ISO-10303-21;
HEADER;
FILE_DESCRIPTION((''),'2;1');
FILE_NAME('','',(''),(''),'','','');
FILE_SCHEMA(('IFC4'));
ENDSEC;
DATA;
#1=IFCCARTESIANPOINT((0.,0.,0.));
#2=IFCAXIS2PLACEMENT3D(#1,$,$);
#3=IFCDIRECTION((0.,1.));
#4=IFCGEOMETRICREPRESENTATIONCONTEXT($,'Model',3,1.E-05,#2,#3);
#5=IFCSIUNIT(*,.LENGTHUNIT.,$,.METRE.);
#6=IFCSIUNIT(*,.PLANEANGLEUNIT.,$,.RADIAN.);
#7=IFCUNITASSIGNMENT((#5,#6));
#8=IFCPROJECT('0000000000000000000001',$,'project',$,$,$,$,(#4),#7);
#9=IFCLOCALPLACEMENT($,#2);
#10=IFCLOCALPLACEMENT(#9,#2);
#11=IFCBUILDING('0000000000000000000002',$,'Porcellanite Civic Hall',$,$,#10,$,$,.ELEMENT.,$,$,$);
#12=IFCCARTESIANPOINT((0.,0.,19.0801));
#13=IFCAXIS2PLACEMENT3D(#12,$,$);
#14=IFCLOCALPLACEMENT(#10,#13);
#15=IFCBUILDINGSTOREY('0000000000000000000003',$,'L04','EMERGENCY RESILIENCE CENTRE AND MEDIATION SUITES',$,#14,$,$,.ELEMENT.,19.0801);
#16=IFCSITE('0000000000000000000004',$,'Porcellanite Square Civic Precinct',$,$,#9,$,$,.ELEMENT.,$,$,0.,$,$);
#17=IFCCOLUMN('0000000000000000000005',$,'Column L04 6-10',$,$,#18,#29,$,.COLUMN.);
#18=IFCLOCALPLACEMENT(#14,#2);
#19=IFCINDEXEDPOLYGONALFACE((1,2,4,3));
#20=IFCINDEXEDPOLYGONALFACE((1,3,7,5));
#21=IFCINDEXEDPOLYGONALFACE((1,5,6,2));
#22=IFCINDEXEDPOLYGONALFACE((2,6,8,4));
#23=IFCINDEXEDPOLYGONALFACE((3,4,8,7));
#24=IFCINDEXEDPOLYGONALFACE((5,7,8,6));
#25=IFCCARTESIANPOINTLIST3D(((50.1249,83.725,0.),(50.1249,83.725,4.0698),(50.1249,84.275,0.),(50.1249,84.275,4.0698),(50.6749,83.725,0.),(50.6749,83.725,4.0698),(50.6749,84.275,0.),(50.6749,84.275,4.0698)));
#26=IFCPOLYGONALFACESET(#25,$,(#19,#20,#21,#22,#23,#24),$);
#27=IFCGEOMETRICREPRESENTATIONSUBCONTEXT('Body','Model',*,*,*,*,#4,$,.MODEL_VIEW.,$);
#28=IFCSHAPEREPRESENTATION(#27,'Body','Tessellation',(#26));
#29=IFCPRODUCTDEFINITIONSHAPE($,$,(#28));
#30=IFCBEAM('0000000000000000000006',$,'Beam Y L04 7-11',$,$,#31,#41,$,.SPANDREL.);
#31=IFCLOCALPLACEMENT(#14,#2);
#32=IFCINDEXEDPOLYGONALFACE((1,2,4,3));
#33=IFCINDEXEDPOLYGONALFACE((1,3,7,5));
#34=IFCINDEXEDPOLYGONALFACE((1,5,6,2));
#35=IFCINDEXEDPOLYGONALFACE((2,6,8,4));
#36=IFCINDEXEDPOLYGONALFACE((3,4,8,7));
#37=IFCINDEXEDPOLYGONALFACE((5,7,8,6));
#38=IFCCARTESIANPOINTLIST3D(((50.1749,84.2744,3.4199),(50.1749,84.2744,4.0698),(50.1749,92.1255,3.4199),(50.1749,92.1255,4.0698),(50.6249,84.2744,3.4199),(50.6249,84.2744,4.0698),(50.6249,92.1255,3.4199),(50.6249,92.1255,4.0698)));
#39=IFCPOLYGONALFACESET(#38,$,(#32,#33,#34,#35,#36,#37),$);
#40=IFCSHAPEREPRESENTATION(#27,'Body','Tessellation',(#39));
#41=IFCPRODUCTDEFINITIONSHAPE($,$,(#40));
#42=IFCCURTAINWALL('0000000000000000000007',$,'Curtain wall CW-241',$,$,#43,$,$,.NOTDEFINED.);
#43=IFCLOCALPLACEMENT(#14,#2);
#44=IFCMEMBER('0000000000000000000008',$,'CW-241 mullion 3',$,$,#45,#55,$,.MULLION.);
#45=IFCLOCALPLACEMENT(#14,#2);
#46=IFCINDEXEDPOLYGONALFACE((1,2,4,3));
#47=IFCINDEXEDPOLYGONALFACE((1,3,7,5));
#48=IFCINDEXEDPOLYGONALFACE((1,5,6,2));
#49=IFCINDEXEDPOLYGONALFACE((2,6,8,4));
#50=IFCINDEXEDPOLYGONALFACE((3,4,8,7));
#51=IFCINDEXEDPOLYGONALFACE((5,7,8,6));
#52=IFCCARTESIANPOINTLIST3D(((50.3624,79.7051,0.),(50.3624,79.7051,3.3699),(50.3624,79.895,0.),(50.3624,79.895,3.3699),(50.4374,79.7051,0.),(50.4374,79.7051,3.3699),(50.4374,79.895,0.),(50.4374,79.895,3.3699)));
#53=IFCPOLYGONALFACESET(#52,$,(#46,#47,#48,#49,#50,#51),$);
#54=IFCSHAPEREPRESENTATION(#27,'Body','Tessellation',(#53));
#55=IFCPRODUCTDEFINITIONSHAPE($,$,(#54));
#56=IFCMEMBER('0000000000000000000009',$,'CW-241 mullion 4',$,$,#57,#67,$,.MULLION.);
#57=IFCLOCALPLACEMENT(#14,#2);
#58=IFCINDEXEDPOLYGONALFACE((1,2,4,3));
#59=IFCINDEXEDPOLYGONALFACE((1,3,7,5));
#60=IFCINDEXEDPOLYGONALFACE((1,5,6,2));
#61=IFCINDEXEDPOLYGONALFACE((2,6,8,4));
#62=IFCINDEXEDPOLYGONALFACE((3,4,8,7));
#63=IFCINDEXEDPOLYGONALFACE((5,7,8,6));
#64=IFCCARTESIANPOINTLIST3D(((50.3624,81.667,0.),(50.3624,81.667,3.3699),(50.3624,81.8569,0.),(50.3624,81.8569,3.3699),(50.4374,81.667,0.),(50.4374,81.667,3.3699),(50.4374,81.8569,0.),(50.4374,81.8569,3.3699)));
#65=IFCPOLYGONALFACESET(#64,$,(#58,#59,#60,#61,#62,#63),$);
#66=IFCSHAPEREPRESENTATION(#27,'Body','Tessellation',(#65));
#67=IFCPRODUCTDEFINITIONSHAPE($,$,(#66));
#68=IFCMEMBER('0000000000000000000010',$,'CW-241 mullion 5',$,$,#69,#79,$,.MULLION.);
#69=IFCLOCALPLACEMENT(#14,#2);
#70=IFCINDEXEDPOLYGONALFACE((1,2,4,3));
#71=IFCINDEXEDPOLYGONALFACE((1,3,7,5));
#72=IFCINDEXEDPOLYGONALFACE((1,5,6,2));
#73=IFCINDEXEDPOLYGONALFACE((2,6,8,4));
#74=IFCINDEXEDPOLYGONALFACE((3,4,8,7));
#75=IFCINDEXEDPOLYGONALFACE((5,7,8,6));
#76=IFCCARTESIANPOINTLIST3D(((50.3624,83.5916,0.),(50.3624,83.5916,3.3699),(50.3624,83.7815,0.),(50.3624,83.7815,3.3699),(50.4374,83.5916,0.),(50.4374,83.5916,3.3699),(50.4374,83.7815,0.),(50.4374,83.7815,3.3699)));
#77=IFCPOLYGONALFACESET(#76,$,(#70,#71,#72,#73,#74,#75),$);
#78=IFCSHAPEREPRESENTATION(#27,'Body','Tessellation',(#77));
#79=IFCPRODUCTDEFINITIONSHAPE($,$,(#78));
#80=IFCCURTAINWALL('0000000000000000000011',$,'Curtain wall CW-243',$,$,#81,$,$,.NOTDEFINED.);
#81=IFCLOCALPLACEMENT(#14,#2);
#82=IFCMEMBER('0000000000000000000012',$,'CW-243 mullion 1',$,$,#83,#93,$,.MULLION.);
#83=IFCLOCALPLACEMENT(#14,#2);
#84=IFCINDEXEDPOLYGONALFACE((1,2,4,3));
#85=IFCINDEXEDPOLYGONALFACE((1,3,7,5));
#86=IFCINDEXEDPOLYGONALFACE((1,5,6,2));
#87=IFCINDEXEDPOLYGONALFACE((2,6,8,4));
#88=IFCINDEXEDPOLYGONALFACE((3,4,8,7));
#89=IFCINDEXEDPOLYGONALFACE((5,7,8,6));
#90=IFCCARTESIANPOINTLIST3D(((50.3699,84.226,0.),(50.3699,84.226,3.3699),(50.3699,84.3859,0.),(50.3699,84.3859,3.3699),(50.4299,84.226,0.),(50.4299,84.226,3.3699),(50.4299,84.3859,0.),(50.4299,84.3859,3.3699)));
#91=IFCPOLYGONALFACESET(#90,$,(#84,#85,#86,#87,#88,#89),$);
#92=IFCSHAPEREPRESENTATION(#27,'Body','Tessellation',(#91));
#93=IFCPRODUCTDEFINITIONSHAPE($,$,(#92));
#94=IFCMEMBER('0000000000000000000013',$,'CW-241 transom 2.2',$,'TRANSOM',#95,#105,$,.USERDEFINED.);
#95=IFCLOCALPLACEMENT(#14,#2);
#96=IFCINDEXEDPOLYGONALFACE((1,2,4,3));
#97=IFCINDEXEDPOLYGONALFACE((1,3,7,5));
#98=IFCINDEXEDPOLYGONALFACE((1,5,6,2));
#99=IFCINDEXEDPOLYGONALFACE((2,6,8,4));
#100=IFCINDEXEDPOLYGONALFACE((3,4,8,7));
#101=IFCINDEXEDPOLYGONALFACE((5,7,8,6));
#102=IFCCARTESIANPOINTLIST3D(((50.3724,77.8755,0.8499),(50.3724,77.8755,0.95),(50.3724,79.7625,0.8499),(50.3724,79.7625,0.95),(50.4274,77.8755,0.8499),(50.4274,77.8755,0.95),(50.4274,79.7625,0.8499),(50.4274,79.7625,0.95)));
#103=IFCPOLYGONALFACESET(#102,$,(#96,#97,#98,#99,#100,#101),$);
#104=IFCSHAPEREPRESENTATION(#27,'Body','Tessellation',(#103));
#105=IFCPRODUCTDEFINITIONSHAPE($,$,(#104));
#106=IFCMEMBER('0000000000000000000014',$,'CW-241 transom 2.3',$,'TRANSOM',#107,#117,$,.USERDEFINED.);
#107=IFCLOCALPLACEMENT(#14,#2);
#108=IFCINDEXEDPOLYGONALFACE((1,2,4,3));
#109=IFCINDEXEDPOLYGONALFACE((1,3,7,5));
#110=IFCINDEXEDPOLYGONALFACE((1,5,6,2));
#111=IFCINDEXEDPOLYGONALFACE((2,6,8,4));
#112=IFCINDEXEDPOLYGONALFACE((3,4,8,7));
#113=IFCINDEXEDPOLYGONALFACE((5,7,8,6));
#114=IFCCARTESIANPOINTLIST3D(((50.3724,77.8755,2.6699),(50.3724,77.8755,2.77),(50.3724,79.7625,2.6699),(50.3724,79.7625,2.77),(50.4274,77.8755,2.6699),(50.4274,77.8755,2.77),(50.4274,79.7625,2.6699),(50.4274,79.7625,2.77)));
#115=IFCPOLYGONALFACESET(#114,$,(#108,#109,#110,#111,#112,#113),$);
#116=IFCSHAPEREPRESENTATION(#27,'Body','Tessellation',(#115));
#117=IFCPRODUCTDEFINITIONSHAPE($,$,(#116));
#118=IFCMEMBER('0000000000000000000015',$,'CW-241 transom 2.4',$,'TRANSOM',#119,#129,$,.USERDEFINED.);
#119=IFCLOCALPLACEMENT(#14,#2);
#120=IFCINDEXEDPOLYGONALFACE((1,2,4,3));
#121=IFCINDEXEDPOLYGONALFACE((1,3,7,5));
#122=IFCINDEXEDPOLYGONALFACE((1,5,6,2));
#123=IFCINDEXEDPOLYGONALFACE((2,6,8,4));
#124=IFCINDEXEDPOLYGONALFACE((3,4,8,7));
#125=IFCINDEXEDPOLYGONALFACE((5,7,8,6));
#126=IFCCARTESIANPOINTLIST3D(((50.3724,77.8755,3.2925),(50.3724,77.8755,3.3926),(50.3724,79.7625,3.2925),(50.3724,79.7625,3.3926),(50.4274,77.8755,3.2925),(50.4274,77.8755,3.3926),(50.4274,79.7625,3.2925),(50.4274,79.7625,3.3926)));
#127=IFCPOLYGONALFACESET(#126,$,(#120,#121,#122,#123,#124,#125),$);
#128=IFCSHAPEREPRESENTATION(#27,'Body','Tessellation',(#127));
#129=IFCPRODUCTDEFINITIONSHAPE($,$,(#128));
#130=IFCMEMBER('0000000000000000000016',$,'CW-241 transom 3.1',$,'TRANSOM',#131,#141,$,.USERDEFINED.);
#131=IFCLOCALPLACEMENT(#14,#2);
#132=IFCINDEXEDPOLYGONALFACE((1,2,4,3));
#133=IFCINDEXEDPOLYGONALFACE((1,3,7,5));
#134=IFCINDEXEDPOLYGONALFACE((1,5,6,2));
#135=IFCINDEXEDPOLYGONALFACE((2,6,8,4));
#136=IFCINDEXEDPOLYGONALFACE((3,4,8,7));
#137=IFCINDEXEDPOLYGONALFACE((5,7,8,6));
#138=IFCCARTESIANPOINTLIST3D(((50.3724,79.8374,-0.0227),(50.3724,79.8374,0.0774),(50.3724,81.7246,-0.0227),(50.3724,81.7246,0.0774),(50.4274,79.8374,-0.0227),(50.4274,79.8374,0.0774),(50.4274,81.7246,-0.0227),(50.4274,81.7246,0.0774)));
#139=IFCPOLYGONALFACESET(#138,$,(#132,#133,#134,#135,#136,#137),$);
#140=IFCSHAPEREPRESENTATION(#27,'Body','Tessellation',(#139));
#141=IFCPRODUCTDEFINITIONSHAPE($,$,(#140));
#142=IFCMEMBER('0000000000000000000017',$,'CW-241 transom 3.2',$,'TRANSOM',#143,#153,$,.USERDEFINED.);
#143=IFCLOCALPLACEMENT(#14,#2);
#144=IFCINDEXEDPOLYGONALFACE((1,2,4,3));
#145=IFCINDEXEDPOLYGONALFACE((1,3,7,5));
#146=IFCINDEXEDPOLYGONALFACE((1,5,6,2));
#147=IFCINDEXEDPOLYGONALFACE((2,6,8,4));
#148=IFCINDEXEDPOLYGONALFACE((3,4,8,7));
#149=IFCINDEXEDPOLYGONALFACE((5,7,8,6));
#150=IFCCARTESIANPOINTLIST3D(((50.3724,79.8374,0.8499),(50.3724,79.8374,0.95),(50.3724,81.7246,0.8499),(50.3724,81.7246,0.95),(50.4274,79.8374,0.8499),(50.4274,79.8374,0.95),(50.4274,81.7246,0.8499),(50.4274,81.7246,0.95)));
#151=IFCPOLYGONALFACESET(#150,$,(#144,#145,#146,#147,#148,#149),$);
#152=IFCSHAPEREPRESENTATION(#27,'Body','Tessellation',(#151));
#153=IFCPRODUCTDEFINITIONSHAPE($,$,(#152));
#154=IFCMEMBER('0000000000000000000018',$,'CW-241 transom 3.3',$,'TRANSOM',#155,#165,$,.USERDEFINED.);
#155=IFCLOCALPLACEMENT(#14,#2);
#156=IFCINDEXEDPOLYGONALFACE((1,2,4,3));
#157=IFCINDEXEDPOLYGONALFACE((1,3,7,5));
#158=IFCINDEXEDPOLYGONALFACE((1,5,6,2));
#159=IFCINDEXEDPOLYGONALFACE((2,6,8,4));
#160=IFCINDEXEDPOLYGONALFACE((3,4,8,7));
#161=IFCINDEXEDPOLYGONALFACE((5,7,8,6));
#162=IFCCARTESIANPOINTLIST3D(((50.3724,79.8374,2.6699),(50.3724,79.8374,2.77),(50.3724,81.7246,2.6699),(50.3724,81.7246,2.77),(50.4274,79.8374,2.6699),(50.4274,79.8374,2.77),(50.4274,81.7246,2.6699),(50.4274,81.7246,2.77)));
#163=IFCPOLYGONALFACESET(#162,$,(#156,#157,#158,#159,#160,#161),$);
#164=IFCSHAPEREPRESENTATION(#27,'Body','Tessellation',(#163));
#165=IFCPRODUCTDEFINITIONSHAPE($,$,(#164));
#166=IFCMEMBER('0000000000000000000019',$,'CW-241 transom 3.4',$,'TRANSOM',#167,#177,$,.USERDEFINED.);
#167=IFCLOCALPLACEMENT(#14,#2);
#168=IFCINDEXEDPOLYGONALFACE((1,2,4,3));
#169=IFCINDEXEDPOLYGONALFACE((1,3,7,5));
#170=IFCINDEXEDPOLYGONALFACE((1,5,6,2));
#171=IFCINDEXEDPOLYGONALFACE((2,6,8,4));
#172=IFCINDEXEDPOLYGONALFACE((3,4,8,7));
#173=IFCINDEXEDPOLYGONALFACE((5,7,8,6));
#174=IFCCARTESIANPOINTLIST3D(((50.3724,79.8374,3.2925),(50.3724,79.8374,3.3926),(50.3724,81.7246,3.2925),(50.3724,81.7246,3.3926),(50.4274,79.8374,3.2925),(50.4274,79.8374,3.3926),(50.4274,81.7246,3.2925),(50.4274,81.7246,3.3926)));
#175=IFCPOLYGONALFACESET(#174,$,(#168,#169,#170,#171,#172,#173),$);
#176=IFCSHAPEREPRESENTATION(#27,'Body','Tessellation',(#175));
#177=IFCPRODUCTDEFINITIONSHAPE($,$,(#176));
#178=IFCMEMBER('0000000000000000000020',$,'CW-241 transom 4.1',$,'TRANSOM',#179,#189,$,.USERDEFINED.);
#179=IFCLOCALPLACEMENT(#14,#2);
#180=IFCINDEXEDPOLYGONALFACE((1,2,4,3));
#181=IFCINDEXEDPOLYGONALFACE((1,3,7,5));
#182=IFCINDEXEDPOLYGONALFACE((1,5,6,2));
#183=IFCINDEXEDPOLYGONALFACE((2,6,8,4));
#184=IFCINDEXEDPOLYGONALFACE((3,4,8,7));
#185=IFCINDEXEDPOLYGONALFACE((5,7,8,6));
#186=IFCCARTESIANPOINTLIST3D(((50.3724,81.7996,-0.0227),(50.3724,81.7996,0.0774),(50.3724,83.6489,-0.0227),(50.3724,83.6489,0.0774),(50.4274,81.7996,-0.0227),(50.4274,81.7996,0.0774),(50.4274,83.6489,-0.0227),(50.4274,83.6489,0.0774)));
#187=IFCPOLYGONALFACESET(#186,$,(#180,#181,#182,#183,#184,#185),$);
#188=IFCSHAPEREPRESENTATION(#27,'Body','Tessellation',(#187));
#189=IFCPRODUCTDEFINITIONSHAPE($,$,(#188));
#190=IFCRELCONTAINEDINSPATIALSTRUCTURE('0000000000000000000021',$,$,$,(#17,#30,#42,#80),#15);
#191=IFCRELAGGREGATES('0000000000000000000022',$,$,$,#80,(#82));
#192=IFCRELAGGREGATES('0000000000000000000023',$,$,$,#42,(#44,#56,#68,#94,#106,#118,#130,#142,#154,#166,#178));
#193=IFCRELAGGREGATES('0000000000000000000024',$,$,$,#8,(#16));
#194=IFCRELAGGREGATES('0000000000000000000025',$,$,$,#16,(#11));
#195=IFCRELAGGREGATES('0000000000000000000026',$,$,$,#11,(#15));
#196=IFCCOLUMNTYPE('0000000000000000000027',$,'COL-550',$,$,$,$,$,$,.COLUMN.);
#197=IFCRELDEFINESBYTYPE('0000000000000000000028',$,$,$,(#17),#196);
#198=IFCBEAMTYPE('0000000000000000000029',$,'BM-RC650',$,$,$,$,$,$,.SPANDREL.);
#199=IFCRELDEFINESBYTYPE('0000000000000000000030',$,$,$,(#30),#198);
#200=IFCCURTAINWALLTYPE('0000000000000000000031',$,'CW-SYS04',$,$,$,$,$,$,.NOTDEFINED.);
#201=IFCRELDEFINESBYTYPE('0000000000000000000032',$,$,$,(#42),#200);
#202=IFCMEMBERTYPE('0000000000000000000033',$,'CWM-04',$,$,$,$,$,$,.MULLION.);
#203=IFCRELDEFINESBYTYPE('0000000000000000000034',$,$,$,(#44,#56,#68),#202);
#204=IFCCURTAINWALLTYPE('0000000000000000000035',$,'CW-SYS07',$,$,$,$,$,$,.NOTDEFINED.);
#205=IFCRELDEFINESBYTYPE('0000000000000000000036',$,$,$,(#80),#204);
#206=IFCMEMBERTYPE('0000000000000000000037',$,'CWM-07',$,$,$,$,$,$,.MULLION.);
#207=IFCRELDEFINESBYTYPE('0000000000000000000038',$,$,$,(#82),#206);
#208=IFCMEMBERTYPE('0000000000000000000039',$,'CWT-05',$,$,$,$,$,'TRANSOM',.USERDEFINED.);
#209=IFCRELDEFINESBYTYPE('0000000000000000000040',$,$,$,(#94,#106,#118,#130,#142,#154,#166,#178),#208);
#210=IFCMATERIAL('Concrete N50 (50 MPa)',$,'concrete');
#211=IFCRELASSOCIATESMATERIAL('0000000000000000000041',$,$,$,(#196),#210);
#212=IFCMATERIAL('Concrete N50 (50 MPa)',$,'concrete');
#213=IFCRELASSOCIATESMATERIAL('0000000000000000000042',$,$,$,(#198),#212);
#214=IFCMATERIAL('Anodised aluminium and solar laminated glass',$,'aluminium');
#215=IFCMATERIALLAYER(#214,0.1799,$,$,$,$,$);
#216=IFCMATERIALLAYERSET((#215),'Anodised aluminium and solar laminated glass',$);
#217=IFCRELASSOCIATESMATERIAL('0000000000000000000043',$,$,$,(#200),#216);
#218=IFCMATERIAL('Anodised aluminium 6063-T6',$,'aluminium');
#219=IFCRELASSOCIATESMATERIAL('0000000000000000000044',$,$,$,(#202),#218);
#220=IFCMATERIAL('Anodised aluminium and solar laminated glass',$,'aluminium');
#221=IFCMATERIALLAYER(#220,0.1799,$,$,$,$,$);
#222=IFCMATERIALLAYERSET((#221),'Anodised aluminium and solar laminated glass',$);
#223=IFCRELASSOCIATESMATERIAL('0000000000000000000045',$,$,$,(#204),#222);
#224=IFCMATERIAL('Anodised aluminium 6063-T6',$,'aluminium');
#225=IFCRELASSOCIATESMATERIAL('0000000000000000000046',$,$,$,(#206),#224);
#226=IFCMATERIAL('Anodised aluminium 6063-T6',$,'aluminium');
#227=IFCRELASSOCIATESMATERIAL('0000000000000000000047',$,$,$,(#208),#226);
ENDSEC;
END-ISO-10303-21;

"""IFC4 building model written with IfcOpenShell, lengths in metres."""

from ifc_helpers import new_model, si_unit, direction, frame, origin, origin_2d, place, context, subcontext, project, spatial, rectangle, extrude, material, layer, layer_set, material_profile, profile_set, type_object, element, aggregate, save


model = new_model("IFC4")

# Units and contexts
model_context = context("Model", 3, precision=1e-05, world=origin(), true_north=direction((0.0, 1.0)))
body_context = subcontext(model_context, "Body", "Model", "MODEL_VIEW")
ifc_project = project(units=[si_unit("LENGTHUNIT", "METRE"), si_unit("PLANEANGLEUNIT", "RADIAN")], contexts=[model_context])

# Site, building, storey
site_placement = place(None, origin())
site = spatial("IfcSite", under=ifc_project, at=site_placement, Name="Porcellanite Square Civic Precinct", CompositionType="ELEMENT", RefElevation=0.0)
building_placement = place(site_placement, origin())
building = spatial("IfcBuilding", under=site, at=building_placement, Name="Porcellanite Civic Hall", CompositionType="ELEMENT")
storey_placement = place(building_placement, frame((0.0, 0.0, 19.0801)))
storey = spatial("IfcBuildingStorey", under=building, at=storey_placement, Name="L04", Description="EMERGENCY RESILIENCE CENTRE AND MEDIATION SUITES", CompositionType="ELEMENT", Elevation=19.0801)

# Column
ifc_material_1 = material(Name="Concrete N50 (50 MPa)", Category="concrete")
ifc_material_profile_1 = material_profile(ifc_material_1, rectangle(XDim=0.55, YDim=0.55, at=origin_2d()), Name="RC-550x550")
ifc_profile_set_1 = profile_set([ifc_material_profile_1], Name="Concrete N50 (50 MPa)")
column_type = type_object("IfcColumnType", Name="COL-550", PredefinedType="COLUMN", material=ifc_profile_set_1)
column_placement = place(storey_placement, frame((50.3999, 84.0, 0.0), z_axis=(0.0, 0.0, 1.0), x_axis=(1.0, 0.0, 0.0)))
element("IfcColumn", 1, at=column_placement, inside=storey, type_object=column_type, Name="Column L04 6-10", PredefinedType="COLUMN", context=body_context, shape_type="SweptSolid", body=[
    extrude(rectangle(XDim=0.55, YDim=0.55, at=origin_2d()), origin(), (0.0, 0.0, 1.0), 4.0698),
])

# Beam
ifc_material_2 = material(Name="Concrete N50 (50 MPa)", Category="concrete")
ifc_material_profile_2 = material_profile(ifc_material_2, rectangle(XDim=0.45, YDim=0.6499, at=origin_2d()), Name="RC-450x650")
ifc_profile_set_2 = profile_set([ifc_material_profile_2], Name="Concrete N50 (50 MPa)")
beam_type = type_object("IfcBeamType", Name="BM-RC650", PredefinedType="SPANDREL", material=ifc_profile_set_2)
beam_placement = place(storey_placement, frame((50.3999, 84.2744, 3.7449), z_axis=(0.0, 1.0, 0.0), x_axis=(-1.0, 0.0, 0.0)))
element("IfcBeam", 2, at=beam_placement, inside=storey, type_object=beam_type, Name="Beam Y L04 7-11", PredefinedType="SPANDREL", context=body_context, shape_type="SweptSolid", body=[
    extrude(rectangle(XDim=0.45, YDim=0.6499, at=origin_2d()), origin(), (0.0, 0.0, 1.0), 7.8511),
])

# Curtain wall, members
ifc_material_3 = material(Name="Anodised aluminium and solar laminated glass", Category="aluminium")
ifc_layer_1 = layer(ifc_material_3, 0.1799)
ifc_layer_set_1 = layer_set([ifc_layer_1], Name="Anodised aluminium and solar laminated glass")
curtain_wall_type_1 = type_object("IfcCurtainWallType", Name="CW-SYS04", PredefinedType="NOTDEFINED", material=ifc_layer_set_1)
curtain_wall_1_placement = place(storey_placement, origin())
curtain_wall_1 = element("IfcCurtainWall", 3, at=curtain_wall_1_placement, inside=storey, type_object=curtain_wall_type_1, Name="Curtain wall CW-241", PredefinedType="NOTDEFINED")
ifc_material_4 = material(Name="Anodised aluminium 6063-T6", Category="aluminium")
ifc_material_profile_3 = material_profile(ifc_material_4, rectangle(XDim=0.075, YDim=0.1899, at=origin_2d()), Name="AL-75x190")
ifc_profile_set_3 = profile_set([ifc_material_profile_3], Name="Anodised aluminium 6063-T6")
member_type_1 = type_object("IfcMemberType", Name="CWM-04", PredefinedType="MULLION", material=ifc_profile_set_3)
member_1_placement = place(storey_placement, frame((50.3999, 79.8, 0.0), z_axis=(0.0, 0.0, 1.0), x_axis=(-1.0, 0.0, 0.0)))
member_1 = element("IfcMember", 4, at=member_1_placement, type_object=member_type_1, Name="CW-241 mullion 3", PredefinedType="MULLION", context=body_context, shape_type="SweptSolid", body=[
    extrude(rectangle(XDim=0.075, YDim=0.1899, at=origin_2d()), origin(), (0.0, 0.0, 1.0), 3.3699),
])
member_2_placement = place(storey_placement, frame((50.3999, 81.762, 0.0), z_axis=(0.0, 0.0, 1.0), x_axis=(-1.0, 0.0, 0.0)))
member_2 = element("IfcMember", 5, at=member_2_placement, type_object=member_type_1, Name="CW-241 mullion 4", PredefinedType="MULLION", context=body_context, shape_type="SweptSolid", body=[
    extrude(rectangle(XDim=0.075, YDim=0.1899, at=origin_2d()), origin(), (0.0, 0.0, 1.0), 3.3699),
])
member_3_placement = place(storey_placement, frame((50.3999, 83.6865, 0.0), z_axis=(0.0, 0.0, 1.0), x_axis=(-1.0, 0.0, 0.0)))
member_3 = element("IfcMember", 6, at=member_3_placement, type_object=member_type_1, Name="CW-241 mullion 5", PredefinedType="MULLION", context=body_context, shape_type="SweptSolid", body=[
    extrude(rectangle(XDim=0.075, YDim=0.1899, at=origin_2d()), origin(), (0.0, 0.0, 1.0), 3.3699),
])

# Curtain wall, member
ifc_material_5 = material(Name="Anodised aluminium and solar laminated glass", Category="aluminium")
ifc_layer_2 = layer(ifc_material_5, 0.1799)
ifc_layer_set_2 = layer_set([ifc_layer_2], Name="Anodised aluminium and solar laminated glass")
curtain_wall_type_2 = type_object("IfcCurtainWallType", Name="CW-SYS07", PredefinedType="NOTDEFINED", material=ifc_layer_set_2)
curtain_wall_2_placement = place(storey_placement, origin())
curtain_wall_2 = element("IfcCurtainWall", 7, at=curtain_wall_2_placement, inside=storey, type_object=curtain_wall_type_2, Name="Curtain wall CW-243", PredefinedType="NOTDEFINED")
ifc_material_6 = material(Name="Anodised aluminium 6063-T6", Category="aluminium")
ifc_material_profile_4 = material_profile(ifc_material_6, rectangle(XDim=0.0601, YDim=0.1599, at=origin_2d()), Name="AL-60x160")
ifc_profile_set_4 = profile_set([ifc_material_profile_4], Name="Anodised aluminium 6063-T6")
member_type_2 = type_object("IfcMemberType", Name="CWM-07", PredefinedType="MULLION", material=ifc_profile_set_4)
member_4_placement = place(storey_placement, frame((50.3999, 84.3059, 0.0), z_axis=(0.0, 0.0, 1.0), x_axis=(-1.0, 0.0, 0.0)))
member_4 = element("IfcMember", 8, at=member_4_placement, type_object=member_type_2, Name="CW-243 mullion 1", PredefinedType="MULLION", context=body_context, shape_type="SweptSolid", body=[
    extrude(rectangle(XDim=0.0601, YDim=0.1599, at=origin_2d()), origin(), (0.0, 0.0, 1.0), 3.3699),
])
aggregate(curtain_wall_2, [member_4])

# Members
ifc_material_7 = material(Name="Anodised aluminium 6063-T6", Category="aluminium")
ifc_material_profile_5 = material_profile(ifc_material_7, rectangle(XDim=0.0549, YDim=0.1001, at=origin_2d()), Name="AL-55x100")
ifc_profile_set_5 = profile_set([ifc_material_profile_5], Name="Anodised aluminium 6063-T6")
member_type_3 = type_object("IfcMemberType", Name="CWT-05", ElementType="TRANSOM", PredefinedType="USERDEFINED", material=ifc_profile_set_5)
member_5_placement = place(storey_placement, frame((50.3999, 77.8755, 0.8999), z_axis=(0.0, 1.0, 0.0), x_axis=(-1.0, 0.0, 0.0)))
member_5 = element("IfcMember", 9, at=member_5_placement, type_object=member_type_3, Name="CW-241 transom 2.2", ObjectType="TRANSOM", PredefinedType="USERDEFINED", context=body_context, shape_type="SweptSolid", body=[
    extrude(rectangle(XDim=0.0549, YDim=0.1001, at=origin_2d()), origin(), (0.0, 0.0, 1.0), 1.887),
])
member_6_placement = place(storey_placement, frame((50.3999, 77.8755, 2.72), z_axis=(0.0, 1.0, 0.0), x_axis=(-1.0, 0.0, 0.0)))
member_6 = element("IfcMember", 10, at=member_6_placement, type_object=member_type_3, Name="CW-241 transom 2.3", ObjectType="TRANSOM", PredefinedType="USERDEFINED", context=body_context, shape_type="SweptSolid", body=[
    extrude(rectangle(XDim=0.0549, YDim=0.1001, at=origin_2d()), origin(), (0.0, 0.0, 1.0), 1.887),
])
member_7_placement = place(storey_placement, frame((50.3999, 77.8755, 3.3425), z_axis=(0.0, 1.0, 0.0), x_axis=(-1.0, 0.0, 0.0)))
member_7 = element("IfcMember", 11, at=member_7_placement, type_object=member_type_3, Name="CW-241 transom 2.4", ObjectType="TRANSOM", PredefinedType="USERDEFINED", context=body_context, shape_type="SweptSolid", body=[
    extrude(rectangle(XDim=0.0549, YDim=0.1001, at=origin_2d()), origin(), (0.0, 0.0, 1.0), 1.887),
])
member_8_placement = place(storey_placement, frame((50.3999, 79.8374, 0.0273), z_axis=(0.0, 1.0, 0.0), x_axis=(-1.0, 0.0, 0.0)))
member_8 = element("IfcMember", 12, at=member_8_placement, type_object=member_type_3, Name="CW-241 transom 3.1", ObjectType="TRANSOM", PredefinedType="USERDEFINED", context=body_context, shape_type="SweptSolid", body=[
    extrude(rectangle(XDim=0.0549, YDim=0.1001, at=origin_2d()), origin(), (0.0, 0.0, 1.0), 1.8872),
])
member_9_placement = place(storey_placement, frame((50.3999, 79.8374, 0.8999), z_axis=(0.0, 1.0, 0.0), x_axis=(-1.0, 0.0, 0.0)))
member_9 = element("IfcMember", 13, at=member_9_placement, type_object=member_type_3, Name="CW-241 transom 3.2", ObjectType="TRANSOM", PredefinedType="USERDEFINED", context=body_context, shape_type="SweptSolid", body=[
    extrude(rectangle(XDim=0.0549, YDim=0.1001, at=origin_2d()), origin(), (0.0, 0.0, 1.0), 1.8872),
])
member_10_placement = place(storey_placement, frame((50.3999, 79.8374, 2.72), z_axis=(0.0, 1.0, 0.0), x_axis=(-1.0, 0.0, 0.0)))
member_10 = element("IfcMember", 14, at=member_10_placement, type_object=member_type_3, Name="CW-241 transom 3.3", ObjectType="TRANSOM", PredefinedType="USERDEFINED", context=body_context, shape_type="SweptSolid", body=[
    extrude(rectangle(XDim=0.0549, YDim=0.1001, at=origin_2d()), origin(), (0.0, 0.0, 1.0), 1.8872),
])
member_11_placement = place(storey_placement, frame((50.3999, 79.8374, 3.3425), z_axis=(0.0, 1.0, 0.0), x_axis=(-1.0, 0.0, 0.0)))
member_11 = element("IfcMember", 15, at=member_11_placement, type_object=member_type_3, Name="CW-241 transom 3.4", ObjectType="TRANSOM", PredefinedType="USERDEFINED", context=body_context, shape_type="SweptSolid", body=[
    extrude(rectangle(XDim=0.0549, YDim=0.1001, at=origin_2d()), origin(), (0.0, 0.0, 1.0), 1.8872),
])
member_12_placement = place(storey_placement, frame((50.3999, 81.7996, 0.0273), z_axis=(0.0, 1.0, 0.0), x_axis=(-1.0, 0.0, 0.0)))
member_12 = element("IfcMember", 16, at=member_12_placement, type_object=member_type_3, Name="CW-241 transom 4.1", ObjectType="TRANSOM", PredefinedType="USERDEFINED", context=body_context, shape_type="SweptSolid", body=[
    extrude(rectangle(XDim=0.0549, YDim=0.1001, at=origin_2d()), origin(), (0.0, 0.0, 1.0), 1.8494),
])

aggregate(curtain_wall_1, [member_1, member_2, member_3, member_5, member_6, member_7, member_8, member_9, member_10, member_11, member_12])

save(model, "model.ifc")
